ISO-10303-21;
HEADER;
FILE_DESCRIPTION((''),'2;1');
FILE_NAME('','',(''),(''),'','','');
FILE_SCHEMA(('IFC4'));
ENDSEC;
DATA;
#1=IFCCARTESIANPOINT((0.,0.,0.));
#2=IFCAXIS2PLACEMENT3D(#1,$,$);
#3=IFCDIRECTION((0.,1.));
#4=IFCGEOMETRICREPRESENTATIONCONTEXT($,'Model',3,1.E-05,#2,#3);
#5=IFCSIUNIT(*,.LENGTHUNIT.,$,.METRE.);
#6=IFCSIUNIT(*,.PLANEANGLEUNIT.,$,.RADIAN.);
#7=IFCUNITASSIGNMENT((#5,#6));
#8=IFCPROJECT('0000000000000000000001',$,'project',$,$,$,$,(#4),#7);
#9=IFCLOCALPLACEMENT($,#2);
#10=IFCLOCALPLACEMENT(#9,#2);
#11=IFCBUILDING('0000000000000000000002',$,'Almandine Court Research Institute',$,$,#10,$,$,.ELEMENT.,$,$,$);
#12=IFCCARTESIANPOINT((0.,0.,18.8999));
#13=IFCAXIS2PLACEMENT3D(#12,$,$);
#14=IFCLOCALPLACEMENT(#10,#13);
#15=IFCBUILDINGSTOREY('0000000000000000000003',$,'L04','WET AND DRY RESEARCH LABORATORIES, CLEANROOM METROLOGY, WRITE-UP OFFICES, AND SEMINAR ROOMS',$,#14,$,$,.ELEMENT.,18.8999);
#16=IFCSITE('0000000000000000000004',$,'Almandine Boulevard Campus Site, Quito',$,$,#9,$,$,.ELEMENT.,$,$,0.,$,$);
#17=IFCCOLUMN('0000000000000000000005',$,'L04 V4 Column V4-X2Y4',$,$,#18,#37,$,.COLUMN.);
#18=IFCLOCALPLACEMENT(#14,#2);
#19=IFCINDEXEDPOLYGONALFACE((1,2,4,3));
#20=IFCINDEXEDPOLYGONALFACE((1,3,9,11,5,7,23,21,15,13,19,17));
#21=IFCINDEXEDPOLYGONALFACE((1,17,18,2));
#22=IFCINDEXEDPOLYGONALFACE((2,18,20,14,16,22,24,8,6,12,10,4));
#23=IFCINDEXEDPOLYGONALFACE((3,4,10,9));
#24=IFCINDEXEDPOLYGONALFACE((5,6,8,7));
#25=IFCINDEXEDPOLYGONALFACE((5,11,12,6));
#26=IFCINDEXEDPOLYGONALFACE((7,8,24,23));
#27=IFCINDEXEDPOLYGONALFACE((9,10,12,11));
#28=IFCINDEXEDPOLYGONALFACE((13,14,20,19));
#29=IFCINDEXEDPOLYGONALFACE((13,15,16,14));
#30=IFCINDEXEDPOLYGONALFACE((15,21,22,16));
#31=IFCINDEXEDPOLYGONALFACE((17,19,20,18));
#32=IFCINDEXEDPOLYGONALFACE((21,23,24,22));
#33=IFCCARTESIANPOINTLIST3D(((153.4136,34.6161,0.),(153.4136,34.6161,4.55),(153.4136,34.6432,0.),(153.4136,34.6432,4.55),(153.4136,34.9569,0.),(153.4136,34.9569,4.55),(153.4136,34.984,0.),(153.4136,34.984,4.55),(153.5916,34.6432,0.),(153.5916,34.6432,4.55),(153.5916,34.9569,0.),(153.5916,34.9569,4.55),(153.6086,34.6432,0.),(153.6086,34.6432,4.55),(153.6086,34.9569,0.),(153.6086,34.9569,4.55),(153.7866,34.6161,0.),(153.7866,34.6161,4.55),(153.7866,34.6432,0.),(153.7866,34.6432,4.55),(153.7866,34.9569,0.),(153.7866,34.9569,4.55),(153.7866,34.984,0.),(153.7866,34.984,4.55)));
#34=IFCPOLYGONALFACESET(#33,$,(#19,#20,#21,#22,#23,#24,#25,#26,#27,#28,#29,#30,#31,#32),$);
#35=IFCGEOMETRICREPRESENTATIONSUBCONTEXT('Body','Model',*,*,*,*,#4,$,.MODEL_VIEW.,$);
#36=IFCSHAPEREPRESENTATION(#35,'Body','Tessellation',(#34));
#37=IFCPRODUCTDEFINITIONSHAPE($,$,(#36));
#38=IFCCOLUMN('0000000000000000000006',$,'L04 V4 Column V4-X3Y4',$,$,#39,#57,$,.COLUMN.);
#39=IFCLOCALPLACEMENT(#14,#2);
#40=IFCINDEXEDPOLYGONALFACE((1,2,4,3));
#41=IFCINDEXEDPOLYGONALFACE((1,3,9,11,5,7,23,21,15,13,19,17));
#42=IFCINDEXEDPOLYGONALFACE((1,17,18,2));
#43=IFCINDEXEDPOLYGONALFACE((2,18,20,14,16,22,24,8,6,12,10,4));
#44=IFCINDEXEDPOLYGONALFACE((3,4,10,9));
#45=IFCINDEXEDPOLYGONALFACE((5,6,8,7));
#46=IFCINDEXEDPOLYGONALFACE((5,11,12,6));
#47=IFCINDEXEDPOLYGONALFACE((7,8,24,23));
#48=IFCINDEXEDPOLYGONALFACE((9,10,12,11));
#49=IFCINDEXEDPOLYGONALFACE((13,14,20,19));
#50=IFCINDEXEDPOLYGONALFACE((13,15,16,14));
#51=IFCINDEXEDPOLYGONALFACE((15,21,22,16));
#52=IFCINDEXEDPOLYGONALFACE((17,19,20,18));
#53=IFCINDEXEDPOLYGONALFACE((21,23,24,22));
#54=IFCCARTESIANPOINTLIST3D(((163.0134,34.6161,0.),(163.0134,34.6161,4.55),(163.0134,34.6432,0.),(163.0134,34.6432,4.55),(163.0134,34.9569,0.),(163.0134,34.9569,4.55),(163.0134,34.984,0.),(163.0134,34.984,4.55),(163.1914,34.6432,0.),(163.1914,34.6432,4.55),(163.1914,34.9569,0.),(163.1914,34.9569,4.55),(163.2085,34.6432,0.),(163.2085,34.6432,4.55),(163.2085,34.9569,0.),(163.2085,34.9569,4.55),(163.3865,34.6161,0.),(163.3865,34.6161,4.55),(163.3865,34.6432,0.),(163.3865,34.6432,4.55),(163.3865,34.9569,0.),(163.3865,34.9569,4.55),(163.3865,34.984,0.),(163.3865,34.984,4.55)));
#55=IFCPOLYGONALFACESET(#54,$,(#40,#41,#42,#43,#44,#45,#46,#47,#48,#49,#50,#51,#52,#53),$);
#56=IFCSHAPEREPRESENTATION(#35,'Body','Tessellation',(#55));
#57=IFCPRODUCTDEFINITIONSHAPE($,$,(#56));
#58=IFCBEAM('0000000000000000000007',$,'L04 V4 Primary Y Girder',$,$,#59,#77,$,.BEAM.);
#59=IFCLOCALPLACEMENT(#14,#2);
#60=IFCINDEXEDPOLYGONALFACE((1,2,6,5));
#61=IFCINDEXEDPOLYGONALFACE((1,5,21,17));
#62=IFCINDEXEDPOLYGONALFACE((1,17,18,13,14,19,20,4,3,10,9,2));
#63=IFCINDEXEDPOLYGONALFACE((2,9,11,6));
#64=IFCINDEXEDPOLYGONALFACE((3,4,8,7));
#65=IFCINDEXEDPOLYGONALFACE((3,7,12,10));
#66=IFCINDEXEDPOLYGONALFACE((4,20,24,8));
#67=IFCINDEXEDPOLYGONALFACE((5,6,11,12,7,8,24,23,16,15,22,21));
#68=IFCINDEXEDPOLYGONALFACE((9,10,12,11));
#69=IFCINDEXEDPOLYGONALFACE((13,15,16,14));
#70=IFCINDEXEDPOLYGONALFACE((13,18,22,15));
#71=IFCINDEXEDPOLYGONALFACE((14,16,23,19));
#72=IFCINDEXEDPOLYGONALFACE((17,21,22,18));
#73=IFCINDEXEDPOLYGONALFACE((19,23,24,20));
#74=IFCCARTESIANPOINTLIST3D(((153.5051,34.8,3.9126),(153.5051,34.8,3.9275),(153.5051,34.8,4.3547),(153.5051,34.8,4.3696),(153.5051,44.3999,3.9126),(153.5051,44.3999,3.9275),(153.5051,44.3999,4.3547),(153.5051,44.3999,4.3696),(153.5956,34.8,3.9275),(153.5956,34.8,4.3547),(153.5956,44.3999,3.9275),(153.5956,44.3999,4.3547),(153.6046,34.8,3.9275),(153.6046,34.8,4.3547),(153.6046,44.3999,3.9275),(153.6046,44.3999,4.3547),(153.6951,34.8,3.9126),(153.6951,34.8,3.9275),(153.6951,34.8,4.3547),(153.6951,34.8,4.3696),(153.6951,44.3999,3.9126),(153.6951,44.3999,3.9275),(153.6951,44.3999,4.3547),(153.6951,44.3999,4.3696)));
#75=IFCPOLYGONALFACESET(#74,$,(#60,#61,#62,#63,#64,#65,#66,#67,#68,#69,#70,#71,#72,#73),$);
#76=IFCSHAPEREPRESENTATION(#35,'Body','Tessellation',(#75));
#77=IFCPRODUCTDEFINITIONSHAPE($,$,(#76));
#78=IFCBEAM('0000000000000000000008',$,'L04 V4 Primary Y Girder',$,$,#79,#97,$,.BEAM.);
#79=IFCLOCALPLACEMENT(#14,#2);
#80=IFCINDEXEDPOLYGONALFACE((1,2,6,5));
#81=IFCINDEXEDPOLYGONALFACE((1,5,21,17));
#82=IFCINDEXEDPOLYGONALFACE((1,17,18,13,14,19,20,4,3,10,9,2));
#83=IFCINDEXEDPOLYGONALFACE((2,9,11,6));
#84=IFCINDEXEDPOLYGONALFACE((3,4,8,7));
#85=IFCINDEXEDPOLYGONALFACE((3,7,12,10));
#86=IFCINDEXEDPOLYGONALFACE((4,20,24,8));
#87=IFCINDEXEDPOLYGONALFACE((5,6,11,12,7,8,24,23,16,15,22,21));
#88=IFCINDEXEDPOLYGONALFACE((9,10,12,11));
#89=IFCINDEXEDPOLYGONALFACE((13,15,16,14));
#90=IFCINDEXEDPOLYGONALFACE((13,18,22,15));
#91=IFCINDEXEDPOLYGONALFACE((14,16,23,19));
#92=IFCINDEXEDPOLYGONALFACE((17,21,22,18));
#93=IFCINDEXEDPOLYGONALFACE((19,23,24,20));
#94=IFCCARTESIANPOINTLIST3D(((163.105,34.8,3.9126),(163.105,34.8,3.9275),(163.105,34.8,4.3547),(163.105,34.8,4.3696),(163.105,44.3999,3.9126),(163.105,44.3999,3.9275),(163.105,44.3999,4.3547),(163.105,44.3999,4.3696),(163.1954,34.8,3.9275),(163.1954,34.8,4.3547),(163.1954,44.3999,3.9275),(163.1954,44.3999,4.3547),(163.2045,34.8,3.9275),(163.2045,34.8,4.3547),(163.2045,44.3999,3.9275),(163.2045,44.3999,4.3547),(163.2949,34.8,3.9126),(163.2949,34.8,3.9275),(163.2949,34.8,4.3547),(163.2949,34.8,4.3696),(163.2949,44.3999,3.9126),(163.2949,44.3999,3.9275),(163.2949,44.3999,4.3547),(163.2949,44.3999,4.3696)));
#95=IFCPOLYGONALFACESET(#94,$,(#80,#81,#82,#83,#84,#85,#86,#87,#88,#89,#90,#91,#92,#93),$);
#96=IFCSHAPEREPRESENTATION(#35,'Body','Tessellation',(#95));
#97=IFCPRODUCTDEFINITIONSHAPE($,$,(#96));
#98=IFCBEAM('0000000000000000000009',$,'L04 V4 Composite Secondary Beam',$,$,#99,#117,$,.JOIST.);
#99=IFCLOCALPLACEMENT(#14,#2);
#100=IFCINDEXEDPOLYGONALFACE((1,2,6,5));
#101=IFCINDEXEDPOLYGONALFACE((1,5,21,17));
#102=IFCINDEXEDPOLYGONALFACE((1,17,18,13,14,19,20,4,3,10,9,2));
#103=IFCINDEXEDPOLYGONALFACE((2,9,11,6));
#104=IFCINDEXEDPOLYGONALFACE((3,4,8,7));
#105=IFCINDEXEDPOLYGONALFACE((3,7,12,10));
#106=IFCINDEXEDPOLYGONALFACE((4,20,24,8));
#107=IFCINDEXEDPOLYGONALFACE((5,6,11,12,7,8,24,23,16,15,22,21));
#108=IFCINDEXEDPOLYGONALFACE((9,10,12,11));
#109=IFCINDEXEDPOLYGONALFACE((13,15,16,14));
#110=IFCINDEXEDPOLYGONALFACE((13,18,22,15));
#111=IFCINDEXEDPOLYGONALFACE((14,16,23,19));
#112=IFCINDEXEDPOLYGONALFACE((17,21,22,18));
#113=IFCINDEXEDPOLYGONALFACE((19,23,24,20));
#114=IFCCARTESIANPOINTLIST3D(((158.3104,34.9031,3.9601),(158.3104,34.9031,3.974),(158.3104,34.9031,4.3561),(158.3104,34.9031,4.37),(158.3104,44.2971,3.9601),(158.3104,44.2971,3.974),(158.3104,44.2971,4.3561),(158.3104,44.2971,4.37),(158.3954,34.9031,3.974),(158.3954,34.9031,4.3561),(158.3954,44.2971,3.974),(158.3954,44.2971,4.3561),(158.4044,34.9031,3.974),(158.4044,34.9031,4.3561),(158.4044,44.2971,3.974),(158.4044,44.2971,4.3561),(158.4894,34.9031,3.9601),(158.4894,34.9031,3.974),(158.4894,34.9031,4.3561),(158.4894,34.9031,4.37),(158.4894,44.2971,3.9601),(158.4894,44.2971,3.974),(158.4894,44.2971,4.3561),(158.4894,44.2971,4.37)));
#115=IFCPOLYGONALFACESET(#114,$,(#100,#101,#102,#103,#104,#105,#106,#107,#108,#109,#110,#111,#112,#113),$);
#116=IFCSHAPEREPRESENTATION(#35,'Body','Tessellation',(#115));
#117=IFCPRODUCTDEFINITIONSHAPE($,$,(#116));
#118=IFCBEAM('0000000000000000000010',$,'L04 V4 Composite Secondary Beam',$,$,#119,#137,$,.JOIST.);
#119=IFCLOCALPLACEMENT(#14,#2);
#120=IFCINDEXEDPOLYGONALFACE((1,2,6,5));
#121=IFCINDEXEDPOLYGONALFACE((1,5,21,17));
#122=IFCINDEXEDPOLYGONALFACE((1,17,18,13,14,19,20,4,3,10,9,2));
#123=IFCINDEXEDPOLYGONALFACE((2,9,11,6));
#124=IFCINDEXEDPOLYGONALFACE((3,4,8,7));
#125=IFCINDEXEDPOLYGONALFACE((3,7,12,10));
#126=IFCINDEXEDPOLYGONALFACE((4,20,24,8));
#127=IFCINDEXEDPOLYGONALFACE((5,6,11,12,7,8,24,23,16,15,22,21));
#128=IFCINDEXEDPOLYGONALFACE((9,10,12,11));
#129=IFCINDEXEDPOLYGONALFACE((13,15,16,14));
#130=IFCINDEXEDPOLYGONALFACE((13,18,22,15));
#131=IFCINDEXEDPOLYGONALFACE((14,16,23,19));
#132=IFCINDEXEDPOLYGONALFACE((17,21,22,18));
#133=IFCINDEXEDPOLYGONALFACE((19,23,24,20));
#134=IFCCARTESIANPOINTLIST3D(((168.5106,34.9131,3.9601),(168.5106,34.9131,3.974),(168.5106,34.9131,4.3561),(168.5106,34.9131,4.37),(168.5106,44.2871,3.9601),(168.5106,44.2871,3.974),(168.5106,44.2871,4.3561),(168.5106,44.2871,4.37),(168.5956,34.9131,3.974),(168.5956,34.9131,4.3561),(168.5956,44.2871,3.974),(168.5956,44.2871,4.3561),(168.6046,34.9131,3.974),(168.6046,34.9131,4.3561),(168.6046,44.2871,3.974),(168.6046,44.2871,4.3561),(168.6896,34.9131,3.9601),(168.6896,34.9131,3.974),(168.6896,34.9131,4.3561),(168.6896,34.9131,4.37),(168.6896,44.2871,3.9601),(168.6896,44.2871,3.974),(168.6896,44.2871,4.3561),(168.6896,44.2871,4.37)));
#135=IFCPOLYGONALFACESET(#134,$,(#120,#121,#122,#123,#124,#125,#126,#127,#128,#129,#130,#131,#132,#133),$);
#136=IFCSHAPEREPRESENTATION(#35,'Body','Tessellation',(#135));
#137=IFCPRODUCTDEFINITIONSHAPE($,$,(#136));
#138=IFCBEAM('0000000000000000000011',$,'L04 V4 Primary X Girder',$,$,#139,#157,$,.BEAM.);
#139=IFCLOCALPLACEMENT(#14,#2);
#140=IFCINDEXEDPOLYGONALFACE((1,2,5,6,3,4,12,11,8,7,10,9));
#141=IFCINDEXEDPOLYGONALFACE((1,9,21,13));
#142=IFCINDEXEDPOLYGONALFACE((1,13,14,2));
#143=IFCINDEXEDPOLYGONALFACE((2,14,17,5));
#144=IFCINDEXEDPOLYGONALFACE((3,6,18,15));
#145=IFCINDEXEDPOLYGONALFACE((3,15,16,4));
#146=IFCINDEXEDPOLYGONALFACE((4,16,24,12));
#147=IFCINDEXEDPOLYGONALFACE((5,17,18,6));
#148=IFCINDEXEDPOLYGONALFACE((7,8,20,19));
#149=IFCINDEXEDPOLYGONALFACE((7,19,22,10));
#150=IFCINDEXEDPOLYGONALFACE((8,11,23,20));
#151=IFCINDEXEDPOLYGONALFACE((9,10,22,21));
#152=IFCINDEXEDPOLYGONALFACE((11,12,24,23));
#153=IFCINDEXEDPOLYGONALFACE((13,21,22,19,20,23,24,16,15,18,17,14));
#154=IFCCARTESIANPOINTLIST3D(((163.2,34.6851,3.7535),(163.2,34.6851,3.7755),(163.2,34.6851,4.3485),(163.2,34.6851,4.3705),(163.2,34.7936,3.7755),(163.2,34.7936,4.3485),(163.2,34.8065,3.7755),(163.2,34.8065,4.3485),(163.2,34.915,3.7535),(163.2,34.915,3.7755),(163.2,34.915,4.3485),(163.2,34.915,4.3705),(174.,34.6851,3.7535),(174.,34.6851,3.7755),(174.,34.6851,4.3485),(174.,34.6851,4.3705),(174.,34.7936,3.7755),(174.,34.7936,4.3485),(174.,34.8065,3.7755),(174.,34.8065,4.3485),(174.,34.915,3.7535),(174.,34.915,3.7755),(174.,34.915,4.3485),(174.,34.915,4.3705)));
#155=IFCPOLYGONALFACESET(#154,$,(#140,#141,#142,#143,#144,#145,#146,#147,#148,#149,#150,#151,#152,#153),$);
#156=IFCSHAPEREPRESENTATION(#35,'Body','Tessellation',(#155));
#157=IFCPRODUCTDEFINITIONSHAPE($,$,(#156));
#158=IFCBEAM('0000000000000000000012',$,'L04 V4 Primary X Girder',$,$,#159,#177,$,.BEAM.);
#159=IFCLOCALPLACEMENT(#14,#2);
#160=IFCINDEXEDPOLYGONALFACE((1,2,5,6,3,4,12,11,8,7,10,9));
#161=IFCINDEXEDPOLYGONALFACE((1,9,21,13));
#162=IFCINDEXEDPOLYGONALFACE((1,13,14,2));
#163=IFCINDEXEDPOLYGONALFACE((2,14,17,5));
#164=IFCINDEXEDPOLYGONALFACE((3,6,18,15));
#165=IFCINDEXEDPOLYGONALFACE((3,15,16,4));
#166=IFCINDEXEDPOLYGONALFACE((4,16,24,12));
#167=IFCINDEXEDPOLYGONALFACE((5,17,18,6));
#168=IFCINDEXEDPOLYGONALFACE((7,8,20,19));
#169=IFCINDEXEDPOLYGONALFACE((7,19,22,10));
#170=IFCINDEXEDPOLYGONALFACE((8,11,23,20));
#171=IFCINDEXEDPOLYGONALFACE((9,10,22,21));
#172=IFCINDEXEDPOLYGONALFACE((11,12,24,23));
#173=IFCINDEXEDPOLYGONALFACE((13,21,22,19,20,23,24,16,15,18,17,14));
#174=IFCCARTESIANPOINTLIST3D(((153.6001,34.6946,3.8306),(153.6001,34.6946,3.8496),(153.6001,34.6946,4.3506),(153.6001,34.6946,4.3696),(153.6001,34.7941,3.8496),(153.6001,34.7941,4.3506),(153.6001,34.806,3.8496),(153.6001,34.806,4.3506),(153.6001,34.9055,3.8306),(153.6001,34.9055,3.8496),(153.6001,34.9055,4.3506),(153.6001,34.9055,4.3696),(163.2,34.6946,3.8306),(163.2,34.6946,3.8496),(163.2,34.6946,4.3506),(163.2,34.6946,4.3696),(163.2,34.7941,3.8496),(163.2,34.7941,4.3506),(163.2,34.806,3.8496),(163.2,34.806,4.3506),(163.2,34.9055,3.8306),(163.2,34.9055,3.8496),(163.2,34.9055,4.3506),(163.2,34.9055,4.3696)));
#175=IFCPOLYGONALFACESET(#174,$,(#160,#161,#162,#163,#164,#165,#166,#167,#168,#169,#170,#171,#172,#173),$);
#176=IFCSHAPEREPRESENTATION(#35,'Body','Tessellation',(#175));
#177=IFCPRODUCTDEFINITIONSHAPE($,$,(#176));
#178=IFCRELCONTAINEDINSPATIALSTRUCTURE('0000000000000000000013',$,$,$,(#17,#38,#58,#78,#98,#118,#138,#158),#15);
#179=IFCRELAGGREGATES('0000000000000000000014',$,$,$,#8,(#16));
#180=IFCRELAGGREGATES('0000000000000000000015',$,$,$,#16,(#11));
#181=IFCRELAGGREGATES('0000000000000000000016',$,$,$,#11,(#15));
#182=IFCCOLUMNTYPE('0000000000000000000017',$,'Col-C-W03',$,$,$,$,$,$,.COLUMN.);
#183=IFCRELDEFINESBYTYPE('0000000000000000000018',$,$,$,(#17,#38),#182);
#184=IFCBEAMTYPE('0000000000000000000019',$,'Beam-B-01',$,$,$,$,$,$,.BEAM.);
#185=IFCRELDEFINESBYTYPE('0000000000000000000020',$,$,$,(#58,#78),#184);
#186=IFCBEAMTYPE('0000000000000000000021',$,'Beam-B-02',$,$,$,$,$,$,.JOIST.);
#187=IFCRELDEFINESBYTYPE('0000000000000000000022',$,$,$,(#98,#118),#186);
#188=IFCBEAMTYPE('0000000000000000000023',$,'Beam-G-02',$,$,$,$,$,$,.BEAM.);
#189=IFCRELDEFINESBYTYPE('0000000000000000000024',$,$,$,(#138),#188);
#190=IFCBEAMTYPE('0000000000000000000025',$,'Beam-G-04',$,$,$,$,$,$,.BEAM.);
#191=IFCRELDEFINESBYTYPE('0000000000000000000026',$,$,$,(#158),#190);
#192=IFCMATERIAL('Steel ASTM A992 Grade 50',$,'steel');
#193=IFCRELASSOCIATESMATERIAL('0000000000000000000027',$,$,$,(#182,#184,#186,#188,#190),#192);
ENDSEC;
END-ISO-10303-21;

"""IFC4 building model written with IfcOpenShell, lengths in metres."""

from ifc_helpers import new_model, si_unit, direction, frame, origin, origin_2d, place, context, subcontext, project, spatial, i_section, extrude, material, material_profile, profile_set, type_object, element, save


model = new_model("IFC4")

# Units and contexts
model_context = context("Model", 3, precision=1e-05, world=origin(), true_north=direction((0.0, 1.0)))
body_context = subcontext(model_context, "Body", "Model", "MODEL_VIEW")
ifc_project = project(units=[si_unit("LENGTHUNIT", "METRE"), si_unit("PLANEANGLEUNIT", "RADIAN")], contexts=[model_context])

# Site, building, storey
site_placement = place(None, origin())
site = spatial("IfcSite", under=ifc_project, at=site_placement, Name="Almandine Boulevard Campus Site, Quito", CompositionType="ELEMENT", RefElevation=0.0)
building_placement = place(site_placement, origin())
building = spatial("IfcBuilding", under=site, at=building_placement, Name="Almandine Court Research Institute", CompositionType="ELEMENT")
storey_placement = place(building_placement, frame((0.0, 0.0, 18.8999)))
storey = spatial("IfcBuildingStorey", under=building, at=storey_placement, Name="L04", Description="WET AND DRY RESEARCH LABORATORIES, CLEANROOM METROLOGY, WRITE-UP OFFICES, AND SEMINAR ROOMS", CompositionType="ELEMENT", Elevation=18.8999)

# Columns
ifc_material_1 = material(Name="Steel ASTM A992 Grade 50", Category="steel")
ifc_material_profile_1 = material_profile(ifc_material_1, i_section(OverallWidth=0.373, OverallDepth=0.3679, WebThickness=0.0171, FlangeThickness=0.0271, at=origin_2d()), Name="W360x179")
ifc_profile_set_1 = profile_set([ifc_material_profile_1], Name="Steel ASTM A992 Grade 50")
column_type = type_object("IfcColumnType", Name="Col-C-W03", PredefinedType="COLUMN", material=ifc_profile_set_1)
for number, where, z_axis, x_axis, name in (
    (1, (153.6001, 34.8, 0.0), (0.0, 0.0, 1.0), (1.0, 0.0, 0.0), "L04 V4 Column V4-X2Y4"),
    (2, (163.2, 34.8, 0.0), (0.0, 0.0, 1.0), (1.0, 0.0, 0.0), "L04 V4 Column V4-X3Y4"),
):
    element("IfcColumn", number, at=place(storey_placement, frame(where, z_axis=z_axis, x_axis=x_axis)), inside=storey, type_object=column_type, Name=name, PredefinedType="COLUMN", context=body_context, shape_type="SweptSolid", body=[
        extrude(i_section(OverallWidth=0.373, OverallDepth=0.3679, WebThickness=0.0171, FlangeThickness=0.0271, at=origin_2d()), origin(), (0.0, 0.0, 1.0), 4.55),
    ])

# Beams
ifc_material_profile_2 = material_profile(ifc_material_1, i_section(OverallWidth=0.1899, OverallDepth=0.457, WebThickness=0.009, FlangeThickness=0.0149, at=origin_2d()), Name="W460x74")
ifc_profile_set_2 = profile_set([ifc_material_profile_2], Name="Steel ASTM A992 Grade 50")
beam_type_1 = type_object("IfcBeamType", Name="Beam-B-01", PredefinedType="BEAM", material=ifc_profile_set_2)
for number, where, z_axis, x_axis, name in (
    (3, (153.6001, 34.8, 4.1411), (0.0, 1.0, 0.0), (-1.0, 0.0, 0.0), "L04 V4 Primary Y Girder"),
    (4, (163.2, 34.8, 4.1411), (0.0, 1.0, 0.0), (-1.0, 0.0, 0.0), "L04 V4 Primary Y Girder"),
):
    element("IfcBeam", number, at=place(storey_placement, frame(where, z_axis=z_axis, x_axis=x_axis)), inside=storey, type_object=beam_type_1, Name=name, PredefinedType="BEAM", context=body_context, shape_type="SweptSolid", body=[
        extrude(i_section(OverallWidth=0.1899, OverallDepth=0.457, WebThickness=0.009, FlangeThickness=0.0149, at=origin_2d()), origin(), (0.0, 0.0, 1.0), 9.5999),
    ])
ifc_material_profile_3 = material_profile(ifc_material_1, i_section(OverallWidth=0.179, OverallDepth=0.4099, WebThickness=0.009, FlangeThickness=0.0139, at=origin_2d()), Name="W410x67")
ifc_profile_set_3 = profile_set([ifc_material_profile_3], Name="Steel ASTM A992 Grade 50")
beam_type_2 = type_object("IfcBeamType", Name="Beam-B-02", PredefinedType="JOIST", material=ifc_profile_set_3)
beam_1_placement = place(storey_placement, frame((158.3999, 34.9031, 4.165), z_axis=(0.0, 1.0, 0.0), x_axis=(-1.0, 0.0, 0.0)))
element("IfcBeam", 5, at=beam_1_placement, inside=storey, type_object=beam_type_2, Name="L04 V4 Composite Secondary Beam", PredefinedType="JOIST", context=body_context, shape_type="SweptSolid", body=[
    extrude(i_section(OverallWidth=0.179, OverallDepth=0.4099, WebThickness=0.009, FlangeThickness=0.0139, at=origin_2d()), origin(), (0.0, 0.0, 1.0), 9.394),
])
beam_2_placement = place(storey_placement, frame((168.6001, 34.9131, 4.165), z_axis=(0.0, 1.0, 0.0), x_axis=(-1.0, 0.0, 0.0)))
element("IfcBeam", 6, at=beam_2_placement, inside=storey, type_object=beam_type_2, Name="L04 V4 Composite Secondary Beam", PredefinedType="JOIST", context=body_context, shape_type="SweptSolid", body=[
    extrude(i_section(OverallWidth=0.179, OverallDepth=0.4099, WebThickness=0.009, FlangeThickness=0.0139, at=origin_2d()), origin(), (0.0, 0.0, 1.0), 9.374),
])
ifc_material_profile_4 = material_profile(ifc_material_1, i_section(OverallWidth=0.23, OverallDepth=0.6169, WebThickness=0.0129, FlangeThickness=0.022, at=origin_2d()), Name="W610x140")
ifc_profile_set_4 = profile_set([ifc_material_profile_4], Name="Steel ASTM A992 Grade 50")
beam_type_3 = type_object("IfcBeamType", Name="Beam-G-02", PredefinedType="BEAM", material=ifc_profile_set_4)
beam_3_placement = place(storey_placement, frame((163.2, 34.8, 4.062), z_axis=(1.0, 0.0, 0.0), x_axis=(0.0, 1.0, 0.0)))
element("IfcBeam", 7, at=beam_3_placement, inside=storey, type_object=beam_type_3, Name="L04 V4 Primary X Girder", PredefinedType="BEAM", context=body_context, shape_type="SweptSolid", body=[
    extrude(i_section(OverallWidth=0.23, OverallDepth=0.6169, WebThickness=0.0129, FlangeThickness=0.022, at=origin_2d()), origin(), (0.0, 0.0, 1.0), 10.8),
])
ifc_material_profile_5 = material_profile(ifc_material_1, i_section(OverallWidth=0.2109, OverallDepth=0.5391, WebThickness=0.012, FlangeThickness=0.019, at=origin_2d()), Name="W530x109")
ifc_profile_set_5 = profile_set([ifc_material_profile_5], Name="Steel ASTM A992 Grade 50")
beam_type_4 = type_object("IfcBeamType", Name="Beam-G-04", PredefinedType="BEAM", material=ifc_profile_set_5)
beam_4_placement = place(storey_placement, frame((153.6001, 34.8, 4.1001), z_axis=(1.0, 0.0, 0.0), x_axis=(0.0, 1.0, 0.0)))
element("IfcBeam", 8, at=beam_4_placement, inside=storey, type_object=beam_type_4, Name="L04 V4 Primary X Girder", PredefinedType="BEAM", context=body_context, shape_type="SweptSolid", body=[
    extrude(i_section(OverallWidth=0.2109, OverallDepth=0.5391, WebThickness=0.012, FlangeThickness=0.019, at=origin_2d()), origin(), (0.0, 0.0, 1.0), 9.5999),
])

save(model, "model.ifc")
